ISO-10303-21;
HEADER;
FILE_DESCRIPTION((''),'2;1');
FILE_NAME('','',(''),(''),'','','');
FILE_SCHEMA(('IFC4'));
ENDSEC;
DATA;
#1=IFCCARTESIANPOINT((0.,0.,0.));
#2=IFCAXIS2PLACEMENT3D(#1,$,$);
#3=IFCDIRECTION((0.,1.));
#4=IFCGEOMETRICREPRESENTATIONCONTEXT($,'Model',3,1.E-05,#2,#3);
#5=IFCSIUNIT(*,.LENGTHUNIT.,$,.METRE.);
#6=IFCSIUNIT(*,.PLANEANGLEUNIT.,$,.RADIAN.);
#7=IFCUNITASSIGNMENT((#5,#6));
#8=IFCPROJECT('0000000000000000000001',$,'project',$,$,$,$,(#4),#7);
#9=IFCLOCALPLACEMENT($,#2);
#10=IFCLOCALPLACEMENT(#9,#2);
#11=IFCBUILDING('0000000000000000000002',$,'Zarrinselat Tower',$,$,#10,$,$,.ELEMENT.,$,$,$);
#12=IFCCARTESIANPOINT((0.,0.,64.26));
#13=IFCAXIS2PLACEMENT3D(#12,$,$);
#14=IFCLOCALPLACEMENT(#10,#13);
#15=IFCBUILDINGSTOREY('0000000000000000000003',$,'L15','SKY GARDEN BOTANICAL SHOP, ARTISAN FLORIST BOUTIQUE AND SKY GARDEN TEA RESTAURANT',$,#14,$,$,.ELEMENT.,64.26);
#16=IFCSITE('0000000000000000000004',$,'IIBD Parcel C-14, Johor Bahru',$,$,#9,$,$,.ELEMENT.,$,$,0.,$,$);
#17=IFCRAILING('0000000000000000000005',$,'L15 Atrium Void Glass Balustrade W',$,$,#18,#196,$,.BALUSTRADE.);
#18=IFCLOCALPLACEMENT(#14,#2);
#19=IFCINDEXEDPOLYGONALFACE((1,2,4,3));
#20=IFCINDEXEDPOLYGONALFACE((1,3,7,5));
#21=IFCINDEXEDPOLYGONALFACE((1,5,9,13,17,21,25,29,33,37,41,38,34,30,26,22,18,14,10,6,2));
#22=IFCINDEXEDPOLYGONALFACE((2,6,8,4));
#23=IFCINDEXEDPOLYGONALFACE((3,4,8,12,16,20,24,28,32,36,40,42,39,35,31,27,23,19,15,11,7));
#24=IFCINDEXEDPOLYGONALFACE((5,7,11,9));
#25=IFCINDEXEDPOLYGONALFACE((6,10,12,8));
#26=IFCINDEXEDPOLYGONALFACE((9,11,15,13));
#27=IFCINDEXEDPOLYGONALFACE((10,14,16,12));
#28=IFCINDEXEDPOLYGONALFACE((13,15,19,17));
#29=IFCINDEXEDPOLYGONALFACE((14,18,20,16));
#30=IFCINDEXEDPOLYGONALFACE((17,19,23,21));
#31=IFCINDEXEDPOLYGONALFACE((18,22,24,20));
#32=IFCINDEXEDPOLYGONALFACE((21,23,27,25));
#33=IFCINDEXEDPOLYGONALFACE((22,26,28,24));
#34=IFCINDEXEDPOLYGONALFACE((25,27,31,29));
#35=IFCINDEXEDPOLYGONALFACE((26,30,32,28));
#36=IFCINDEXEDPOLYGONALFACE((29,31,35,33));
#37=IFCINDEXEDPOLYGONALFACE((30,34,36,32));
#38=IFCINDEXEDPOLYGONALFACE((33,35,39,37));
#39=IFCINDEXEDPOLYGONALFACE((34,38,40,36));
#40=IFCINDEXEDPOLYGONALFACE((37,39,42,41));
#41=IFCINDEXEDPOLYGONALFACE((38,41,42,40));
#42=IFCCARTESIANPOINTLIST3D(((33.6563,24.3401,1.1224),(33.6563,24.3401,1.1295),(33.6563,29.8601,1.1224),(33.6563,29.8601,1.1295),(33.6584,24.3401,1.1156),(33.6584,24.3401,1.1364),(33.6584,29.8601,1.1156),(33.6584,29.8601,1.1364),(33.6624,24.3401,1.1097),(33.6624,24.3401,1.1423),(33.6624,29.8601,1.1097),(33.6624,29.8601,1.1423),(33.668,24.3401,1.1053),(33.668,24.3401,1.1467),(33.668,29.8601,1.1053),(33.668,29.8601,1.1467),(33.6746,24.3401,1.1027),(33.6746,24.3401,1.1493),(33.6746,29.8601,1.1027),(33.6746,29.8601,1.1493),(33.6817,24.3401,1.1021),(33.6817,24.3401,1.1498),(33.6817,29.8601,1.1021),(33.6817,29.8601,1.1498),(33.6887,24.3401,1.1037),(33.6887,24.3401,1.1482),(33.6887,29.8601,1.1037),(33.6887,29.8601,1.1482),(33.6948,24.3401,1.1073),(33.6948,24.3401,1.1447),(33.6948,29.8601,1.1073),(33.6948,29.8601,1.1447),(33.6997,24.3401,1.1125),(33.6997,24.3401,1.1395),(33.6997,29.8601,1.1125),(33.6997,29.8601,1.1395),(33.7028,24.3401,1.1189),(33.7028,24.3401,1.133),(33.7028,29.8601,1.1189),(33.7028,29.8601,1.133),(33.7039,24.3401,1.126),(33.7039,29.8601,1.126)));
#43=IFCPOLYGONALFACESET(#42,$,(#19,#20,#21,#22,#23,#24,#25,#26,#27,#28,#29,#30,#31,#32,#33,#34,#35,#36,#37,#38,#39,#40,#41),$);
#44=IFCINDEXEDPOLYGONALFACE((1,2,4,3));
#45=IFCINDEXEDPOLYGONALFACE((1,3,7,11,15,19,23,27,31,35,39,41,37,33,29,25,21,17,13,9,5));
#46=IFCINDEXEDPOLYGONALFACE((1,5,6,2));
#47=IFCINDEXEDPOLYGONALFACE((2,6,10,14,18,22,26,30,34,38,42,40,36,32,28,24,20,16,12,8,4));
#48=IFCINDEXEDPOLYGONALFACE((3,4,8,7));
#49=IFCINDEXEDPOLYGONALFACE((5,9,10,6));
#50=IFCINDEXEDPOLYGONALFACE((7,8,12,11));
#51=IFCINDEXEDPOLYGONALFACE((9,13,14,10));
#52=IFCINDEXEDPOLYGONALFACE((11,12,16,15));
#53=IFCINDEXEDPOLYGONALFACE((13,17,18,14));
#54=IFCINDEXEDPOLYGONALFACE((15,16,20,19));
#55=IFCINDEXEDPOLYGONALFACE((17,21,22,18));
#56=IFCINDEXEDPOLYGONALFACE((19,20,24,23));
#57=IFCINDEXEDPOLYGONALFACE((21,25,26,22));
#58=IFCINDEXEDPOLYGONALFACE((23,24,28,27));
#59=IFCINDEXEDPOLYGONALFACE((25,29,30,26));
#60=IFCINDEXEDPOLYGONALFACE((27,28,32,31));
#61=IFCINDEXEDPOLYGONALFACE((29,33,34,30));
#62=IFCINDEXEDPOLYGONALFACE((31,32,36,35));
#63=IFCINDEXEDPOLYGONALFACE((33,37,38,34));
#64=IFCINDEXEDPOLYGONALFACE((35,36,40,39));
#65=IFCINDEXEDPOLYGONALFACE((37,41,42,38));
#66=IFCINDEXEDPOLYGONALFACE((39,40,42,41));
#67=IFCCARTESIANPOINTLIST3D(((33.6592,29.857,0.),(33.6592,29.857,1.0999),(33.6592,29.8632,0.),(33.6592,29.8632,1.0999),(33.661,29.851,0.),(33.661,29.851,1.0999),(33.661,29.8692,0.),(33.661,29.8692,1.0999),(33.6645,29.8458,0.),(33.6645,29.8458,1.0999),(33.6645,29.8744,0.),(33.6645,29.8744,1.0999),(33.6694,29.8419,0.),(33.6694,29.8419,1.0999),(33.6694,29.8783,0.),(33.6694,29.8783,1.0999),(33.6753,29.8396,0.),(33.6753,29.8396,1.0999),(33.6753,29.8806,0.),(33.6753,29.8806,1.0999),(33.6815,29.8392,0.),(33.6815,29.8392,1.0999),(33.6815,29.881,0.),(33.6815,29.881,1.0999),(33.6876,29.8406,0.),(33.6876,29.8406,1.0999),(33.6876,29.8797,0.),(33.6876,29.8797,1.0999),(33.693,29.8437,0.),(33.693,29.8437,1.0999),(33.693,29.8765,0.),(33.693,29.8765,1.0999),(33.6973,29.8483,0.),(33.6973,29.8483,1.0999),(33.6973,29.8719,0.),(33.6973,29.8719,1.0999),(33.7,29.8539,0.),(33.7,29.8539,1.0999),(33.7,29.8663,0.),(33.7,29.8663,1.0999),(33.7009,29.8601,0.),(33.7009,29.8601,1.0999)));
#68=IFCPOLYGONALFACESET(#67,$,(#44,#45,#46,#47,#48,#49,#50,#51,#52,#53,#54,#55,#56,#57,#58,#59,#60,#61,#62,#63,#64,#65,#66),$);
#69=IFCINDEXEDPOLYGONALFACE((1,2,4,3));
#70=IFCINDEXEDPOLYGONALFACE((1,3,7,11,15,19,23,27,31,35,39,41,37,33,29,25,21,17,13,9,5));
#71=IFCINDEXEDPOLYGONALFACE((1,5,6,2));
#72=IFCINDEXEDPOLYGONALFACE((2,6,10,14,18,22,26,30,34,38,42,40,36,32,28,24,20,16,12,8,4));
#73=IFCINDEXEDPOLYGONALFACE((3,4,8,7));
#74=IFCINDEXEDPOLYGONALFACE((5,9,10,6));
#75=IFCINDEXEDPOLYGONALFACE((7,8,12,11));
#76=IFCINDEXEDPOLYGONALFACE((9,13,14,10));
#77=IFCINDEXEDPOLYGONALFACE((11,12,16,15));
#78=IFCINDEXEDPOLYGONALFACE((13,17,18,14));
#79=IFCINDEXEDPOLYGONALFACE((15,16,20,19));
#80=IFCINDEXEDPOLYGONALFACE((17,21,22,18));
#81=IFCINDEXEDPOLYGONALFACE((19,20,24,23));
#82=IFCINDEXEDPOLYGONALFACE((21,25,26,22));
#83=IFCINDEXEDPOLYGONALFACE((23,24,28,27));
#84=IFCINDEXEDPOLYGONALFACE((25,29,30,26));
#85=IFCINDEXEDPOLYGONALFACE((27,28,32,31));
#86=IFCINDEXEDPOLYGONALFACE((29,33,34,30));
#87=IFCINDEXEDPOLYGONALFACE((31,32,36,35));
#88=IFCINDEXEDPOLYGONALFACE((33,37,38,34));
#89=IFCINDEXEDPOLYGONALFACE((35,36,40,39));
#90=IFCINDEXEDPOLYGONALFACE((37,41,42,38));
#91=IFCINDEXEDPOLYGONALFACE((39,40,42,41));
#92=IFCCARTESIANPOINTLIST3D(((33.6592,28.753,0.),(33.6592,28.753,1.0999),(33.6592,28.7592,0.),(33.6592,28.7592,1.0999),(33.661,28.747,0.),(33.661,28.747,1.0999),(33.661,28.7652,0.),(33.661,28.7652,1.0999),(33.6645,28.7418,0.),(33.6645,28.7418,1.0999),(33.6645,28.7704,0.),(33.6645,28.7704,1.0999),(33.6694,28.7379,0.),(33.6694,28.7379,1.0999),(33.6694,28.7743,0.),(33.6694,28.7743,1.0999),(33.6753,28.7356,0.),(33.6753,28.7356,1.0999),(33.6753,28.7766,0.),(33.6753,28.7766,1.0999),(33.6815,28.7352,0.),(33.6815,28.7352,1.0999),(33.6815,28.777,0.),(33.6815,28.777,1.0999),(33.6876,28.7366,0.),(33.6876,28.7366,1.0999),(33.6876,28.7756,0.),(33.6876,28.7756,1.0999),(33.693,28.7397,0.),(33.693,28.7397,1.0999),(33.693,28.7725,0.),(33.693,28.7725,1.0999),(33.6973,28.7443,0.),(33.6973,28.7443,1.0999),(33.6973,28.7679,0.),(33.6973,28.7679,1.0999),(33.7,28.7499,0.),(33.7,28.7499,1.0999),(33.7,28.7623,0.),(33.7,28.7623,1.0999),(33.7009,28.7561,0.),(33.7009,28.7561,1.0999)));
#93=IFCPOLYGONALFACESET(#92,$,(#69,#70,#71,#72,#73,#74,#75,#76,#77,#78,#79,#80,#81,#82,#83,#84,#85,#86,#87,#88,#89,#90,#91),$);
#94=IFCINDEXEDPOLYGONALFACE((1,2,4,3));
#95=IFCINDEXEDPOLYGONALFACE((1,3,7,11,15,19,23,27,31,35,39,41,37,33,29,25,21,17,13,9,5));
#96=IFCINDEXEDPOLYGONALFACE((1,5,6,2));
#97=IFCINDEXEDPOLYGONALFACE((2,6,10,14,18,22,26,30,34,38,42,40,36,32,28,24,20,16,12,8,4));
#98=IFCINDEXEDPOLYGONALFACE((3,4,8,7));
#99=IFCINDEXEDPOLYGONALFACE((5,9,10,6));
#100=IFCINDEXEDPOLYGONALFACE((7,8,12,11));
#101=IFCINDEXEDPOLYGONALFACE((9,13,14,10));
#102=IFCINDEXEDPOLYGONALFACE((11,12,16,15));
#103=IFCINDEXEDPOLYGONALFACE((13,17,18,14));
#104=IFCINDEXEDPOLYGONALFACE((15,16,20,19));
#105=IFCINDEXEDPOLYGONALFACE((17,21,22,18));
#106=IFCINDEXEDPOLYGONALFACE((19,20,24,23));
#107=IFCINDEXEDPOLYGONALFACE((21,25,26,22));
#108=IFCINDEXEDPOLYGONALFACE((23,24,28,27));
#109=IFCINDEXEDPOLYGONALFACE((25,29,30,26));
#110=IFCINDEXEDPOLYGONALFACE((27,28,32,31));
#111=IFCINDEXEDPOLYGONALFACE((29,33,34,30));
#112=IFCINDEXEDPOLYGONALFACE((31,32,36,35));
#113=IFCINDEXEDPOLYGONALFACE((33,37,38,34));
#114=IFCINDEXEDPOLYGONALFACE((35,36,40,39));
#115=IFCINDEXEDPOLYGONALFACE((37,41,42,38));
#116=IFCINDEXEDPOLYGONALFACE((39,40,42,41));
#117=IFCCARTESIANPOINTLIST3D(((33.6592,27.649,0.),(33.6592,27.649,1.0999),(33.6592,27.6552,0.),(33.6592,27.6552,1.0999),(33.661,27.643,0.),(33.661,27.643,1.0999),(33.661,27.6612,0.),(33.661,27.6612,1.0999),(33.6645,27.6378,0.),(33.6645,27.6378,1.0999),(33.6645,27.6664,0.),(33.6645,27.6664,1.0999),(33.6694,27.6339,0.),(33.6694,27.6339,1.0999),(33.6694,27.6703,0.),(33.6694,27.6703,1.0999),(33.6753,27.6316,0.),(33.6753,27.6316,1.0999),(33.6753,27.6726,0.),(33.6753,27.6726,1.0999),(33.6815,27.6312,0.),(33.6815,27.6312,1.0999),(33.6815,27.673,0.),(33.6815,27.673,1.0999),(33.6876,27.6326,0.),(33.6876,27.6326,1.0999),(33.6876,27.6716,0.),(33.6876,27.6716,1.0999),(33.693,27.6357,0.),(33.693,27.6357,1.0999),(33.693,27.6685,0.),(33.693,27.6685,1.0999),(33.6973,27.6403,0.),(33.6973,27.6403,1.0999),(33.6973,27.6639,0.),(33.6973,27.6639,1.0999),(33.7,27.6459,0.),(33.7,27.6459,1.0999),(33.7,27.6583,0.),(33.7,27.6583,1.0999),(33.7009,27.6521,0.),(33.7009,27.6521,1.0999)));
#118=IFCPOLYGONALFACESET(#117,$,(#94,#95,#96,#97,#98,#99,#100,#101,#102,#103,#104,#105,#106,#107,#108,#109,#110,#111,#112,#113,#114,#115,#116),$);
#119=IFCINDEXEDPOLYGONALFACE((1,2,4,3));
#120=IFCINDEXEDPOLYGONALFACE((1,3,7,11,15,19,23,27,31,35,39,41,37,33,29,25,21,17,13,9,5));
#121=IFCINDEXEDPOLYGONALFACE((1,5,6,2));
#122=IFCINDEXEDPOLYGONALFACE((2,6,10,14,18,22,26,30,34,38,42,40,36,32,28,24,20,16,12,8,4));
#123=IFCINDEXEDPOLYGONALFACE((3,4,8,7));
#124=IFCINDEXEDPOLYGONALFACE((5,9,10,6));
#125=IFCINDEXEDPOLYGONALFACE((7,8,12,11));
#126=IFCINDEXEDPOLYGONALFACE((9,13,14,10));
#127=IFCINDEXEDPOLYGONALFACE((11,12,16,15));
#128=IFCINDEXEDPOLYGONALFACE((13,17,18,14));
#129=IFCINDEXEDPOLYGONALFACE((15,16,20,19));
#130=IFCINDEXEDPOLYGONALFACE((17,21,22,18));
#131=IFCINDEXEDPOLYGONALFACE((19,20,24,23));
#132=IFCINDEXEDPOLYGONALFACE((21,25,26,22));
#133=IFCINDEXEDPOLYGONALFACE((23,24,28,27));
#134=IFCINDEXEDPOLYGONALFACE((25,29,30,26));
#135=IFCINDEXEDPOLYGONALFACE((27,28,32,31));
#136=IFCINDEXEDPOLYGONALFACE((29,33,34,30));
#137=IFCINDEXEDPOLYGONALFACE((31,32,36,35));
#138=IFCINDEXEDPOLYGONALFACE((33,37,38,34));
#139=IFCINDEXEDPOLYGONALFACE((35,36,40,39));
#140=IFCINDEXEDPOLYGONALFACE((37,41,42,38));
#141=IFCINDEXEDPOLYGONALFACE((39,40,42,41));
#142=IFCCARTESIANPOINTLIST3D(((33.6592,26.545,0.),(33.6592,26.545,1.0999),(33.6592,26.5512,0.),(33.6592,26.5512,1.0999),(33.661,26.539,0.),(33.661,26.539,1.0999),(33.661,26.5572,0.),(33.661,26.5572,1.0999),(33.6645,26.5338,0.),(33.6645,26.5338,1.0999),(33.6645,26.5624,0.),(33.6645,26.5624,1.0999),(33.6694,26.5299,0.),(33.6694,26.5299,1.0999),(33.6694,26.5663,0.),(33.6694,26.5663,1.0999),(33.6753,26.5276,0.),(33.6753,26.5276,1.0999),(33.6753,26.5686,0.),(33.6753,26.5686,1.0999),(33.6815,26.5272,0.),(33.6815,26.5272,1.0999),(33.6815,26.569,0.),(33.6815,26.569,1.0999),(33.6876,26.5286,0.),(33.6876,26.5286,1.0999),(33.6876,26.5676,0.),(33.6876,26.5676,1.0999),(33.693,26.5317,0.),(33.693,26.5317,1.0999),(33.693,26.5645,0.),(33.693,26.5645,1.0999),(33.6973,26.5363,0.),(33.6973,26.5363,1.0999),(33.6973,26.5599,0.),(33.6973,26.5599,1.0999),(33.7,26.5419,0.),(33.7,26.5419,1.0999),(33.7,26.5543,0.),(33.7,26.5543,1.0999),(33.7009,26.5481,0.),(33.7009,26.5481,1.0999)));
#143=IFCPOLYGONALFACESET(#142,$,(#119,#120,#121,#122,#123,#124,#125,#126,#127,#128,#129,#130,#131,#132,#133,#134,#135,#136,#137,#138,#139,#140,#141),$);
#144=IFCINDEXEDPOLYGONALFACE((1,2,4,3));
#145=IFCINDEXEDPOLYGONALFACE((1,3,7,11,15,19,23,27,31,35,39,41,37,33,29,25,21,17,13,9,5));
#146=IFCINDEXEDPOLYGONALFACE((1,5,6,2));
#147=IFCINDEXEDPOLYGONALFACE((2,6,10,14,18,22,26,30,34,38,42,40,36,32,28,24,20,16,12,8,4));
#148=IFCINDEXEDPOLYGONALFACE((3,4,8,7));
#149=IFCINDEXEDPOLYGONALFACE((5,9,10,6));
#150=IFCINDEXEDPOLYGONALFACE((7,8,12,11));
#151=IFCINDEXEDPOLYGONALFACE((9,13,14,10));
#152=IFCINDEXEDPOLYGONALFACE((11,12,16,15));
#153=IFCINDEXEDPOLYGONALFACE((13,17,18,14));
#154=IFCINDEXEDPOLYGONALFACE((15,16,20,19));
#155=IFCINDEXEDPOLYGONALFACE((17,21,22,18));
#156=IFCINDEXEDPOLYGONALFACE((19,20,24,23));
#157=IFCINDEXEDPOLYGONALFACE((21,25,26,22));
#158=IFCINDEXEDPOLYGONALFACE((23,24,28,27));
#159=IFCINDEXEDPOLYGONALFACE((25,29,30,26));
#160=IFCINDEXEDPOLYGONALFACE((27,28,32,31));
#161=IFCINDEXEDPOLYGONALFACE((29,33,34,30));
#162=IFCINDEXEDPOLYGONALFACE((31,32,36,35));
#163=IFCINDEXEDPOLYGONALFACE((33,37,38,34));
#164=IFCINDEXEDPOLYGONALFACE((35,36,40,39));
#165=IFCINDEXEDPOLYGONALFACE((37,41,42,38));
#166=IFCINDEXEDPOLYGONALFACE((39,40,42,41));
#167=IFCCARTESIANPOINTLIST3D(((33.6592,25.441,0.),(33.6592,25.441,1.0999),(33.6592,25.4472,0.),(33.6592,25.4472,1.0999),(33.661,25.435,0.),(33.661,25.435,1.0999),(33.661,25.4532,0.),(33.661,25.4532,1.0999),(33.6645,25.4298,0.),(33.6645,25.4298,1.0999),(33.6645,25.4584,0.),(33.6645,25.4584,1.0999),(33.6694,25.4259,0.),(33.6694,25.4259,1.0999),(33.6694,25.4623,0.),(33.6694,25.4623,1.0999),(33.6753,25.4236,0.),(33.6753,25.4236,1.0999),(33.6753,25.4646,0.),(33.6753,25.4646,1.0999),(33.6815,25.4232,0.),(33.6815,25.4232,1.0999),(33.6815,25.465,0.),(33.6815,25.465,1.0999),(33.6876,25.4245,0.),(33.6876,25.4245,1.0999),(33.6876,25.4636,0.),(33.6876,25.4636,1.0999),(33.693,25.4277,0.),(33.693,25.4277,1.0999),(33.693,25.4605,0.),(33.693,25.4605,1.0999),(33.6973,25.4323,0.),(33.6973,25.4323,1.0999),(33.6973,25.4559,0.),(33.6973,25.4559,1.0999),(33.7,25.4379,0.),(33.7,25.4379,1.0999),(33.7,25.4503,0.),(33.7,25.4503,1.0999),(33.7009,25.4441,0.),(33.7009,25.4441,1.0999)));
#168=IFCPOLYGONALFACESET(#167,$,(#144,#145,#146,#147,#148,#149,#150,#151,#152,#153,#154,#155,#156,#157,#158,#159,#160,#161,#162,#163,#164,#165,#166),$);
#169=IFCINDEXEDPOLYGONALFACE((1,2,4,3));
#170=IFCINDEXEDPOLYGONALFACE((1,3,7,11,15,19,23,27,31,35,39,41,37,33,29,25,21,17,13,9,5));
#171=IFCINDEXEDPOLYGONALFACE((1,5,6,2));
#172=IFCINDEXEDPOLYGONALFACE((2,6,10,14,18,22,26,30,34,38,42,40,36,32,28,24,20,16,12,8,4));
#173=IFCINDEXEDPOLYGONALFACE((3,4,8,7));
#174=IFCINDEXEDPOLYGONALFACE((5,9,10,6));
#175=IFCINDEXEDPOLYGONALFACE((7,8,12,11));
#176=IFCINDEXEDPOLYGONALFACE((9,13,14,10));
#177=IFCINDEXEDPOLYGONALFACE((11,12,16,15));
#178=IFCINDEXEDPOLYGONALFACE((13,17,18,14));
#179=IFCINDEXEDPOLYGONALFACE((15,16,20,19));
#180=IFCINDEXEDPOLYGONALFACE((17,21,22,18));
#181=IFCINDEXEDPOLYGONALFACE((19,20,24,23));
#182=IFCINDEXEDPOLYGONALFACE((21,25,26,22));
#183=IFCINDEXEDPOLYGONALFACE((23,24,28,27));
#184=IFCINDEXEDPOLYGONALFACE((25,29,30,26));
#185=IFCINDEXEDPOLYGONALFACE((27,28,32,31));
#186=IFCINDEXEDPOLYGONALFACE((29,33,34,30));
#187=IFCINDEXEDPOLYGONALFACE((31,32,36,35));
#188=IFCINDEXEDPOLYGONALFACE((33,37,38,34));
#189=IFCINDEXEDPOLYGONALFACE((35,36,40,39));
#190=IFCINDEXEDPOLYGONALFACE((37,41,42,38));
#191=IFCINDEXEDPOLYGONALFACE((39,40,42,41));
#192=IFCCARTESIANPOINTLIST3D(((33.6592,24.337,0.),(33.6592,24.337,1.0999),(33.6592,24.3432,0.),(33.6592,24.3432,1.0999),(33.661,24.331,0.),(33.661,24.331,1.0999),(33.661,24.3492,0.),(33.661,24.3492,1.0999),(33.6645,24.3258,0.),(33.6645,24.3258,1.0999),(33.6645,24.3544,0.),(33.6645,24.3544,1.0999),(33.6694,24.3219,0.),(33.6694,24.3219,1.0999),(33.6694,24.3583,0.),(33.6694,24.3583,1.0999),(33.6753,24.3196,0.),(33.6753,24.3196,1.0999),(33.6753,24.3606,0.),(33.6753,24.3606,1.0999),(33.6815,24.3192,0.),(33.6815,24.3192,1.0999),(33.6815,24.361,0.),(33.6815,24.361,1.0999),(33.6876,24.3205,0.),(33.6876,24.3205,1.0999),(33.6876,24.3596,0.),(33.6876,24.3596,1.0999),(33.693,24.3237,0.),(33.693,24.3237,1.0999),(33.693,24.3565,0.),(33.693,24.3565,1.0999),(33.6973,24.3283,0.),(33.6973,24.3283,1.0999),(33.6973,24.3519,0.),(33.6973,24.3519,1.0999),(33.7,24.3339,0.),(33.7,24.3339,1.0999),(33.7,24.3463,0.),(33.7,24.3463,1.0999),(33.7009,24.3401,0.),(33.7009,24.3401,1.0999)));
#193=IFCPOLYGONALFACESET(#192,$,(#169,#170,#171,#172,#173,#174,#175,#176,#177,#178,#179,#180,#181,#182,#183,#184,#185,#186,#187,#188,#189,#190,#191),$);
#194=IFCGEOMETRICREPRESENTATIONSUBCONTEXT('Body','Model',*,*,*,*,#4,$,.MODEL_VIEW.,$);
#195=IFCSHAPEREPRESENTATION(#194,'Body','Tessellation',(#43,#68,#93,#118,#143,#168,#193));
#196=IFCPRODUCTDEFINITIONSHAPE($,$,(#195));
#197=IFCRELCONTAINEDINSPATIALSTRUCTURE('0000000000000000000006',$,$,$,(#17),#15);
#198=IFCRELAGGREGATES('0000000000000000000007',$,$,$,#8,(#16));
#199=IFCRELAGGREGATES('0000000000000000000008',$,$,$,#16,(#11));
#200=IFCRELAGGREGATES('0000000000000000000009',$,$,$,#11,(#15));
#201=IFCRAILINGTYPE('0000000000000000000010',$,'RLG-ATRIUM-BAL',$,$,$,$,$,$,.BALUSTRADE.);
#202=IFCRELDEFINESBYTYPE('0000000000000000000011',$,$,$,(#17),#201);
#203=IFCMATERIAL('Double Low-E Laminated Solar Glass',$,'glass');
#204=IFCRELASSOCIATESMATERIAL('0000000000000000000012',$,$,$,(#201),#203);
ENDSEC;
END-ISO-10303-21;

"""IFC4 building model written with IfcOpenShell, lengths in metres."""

from ifc_helpers import new_model, si_unit, direction, frame, origin, origin_2d, place, context, subcontext, project, spatial, circle, extrude, material, type_object, element, save


model = new_model("IFC4")

# Units and contexts
model_context = context("Model", 3, precision=1e-05, world=origin(), true_north=direction((0.0, 1.0)))
body_context = subcontext(model_context, "Body", "Model", "MODEL_VIEW")
ifc_project = project(units=[si_unit("LENGTHUNIT", "METRE"), si_unit("PLANEANGLEUNIT", "RADIAN")], contexts=[model_context])

# Site, building, storey
site_placement = place(None, origin())
site = spatial("IfcSite", under=ifc_project, at=site_placement, Name="IIBD Parcel C-14, Johor Bahru", CompositionType="ELEMENT", RefElevation=0.0)
building_placement = place(site_placement, origin())
building = spatial("IfcBuilding", under=site, at=building_placement, Name="Zarrinselat Tower", CompositionType="ELEMENT")
storey_placement = place(building_placement, frame((0.0, 0.0, 64.26)))
storey = spatial("IfcBuildingStorey", under=building, at=storey_placement, Name="L15", Description="SKY GARDEN BOTANICAL SHOP, ARTISAN FLORIST BOUTIQUE AND SKY GARDEN TEA RESTAURANT", CompositionType="ELEMENT", Elevation=64.26)

# Railing
ifc_material_1 = material(Name="Double Low-E Laminated Solar Glass", Category="glass")
railing_type_1 = type_object("IfcRailingType", Name="RLG-ATRIUM-BAL", PredefinedType="BALUSTRADE", material=ifc_material_1)
railing_1_placement = place(storey_placement, frame((33.6799, 29.8601, 0.0)))
element("IfcRailing", 1, at=railing_1_placement, inside=storey, type_object=railing_type_1, Name="L15 Atrium Void Glass Balustrade W", PredefinedType="BALUSTRADE", context=body_context, shape_type="SweptSolid", body=[
    extrude(circle(Radius=0.0239, at=origin_2d()), frame((0.0, 0.0, 1.126), z_axis=(0.0, -1.0, 0.0), x_axis=(1.0, 0.0, 0.0)), (0.0, 0.0, 1.0), 5.52),
    extrude(circle(Radius=0.021, at=origin_2d()), origin(), (0.0, 0.0, 1.0), 1.0999),
    extrude(circle(Radius=0.021, at=origin_2d()), frame((0.0, -1.104, 0.0)), (0.0, 0.0, 1.0), 1.0999),
    extrude(circle(Radius=0.021, at=origin_2d()), frame((0.0, -2.208, 0.0)), (0.0, 0.0, 1.0), 1.0999),
    extrude(circle(Radius=0.021, at=origin_2d()), frame((0.0, -3.312, 0.0)), (0.0, 0.0, 1.0), 1.0999),
    extrude(circle(Radius=0.021, at=origin_2d()), frame((0.0, -4.416, 0.0)), (0.0, 0.0, 1.0), 1.0999),
    extrude(circle(Radius=0.021, at=origin_2d()), frame((0.0, -5.52, 0.0)), (0.0, 0.0, 1.0), 1.0999),
])

save(model, "model.ifc")
